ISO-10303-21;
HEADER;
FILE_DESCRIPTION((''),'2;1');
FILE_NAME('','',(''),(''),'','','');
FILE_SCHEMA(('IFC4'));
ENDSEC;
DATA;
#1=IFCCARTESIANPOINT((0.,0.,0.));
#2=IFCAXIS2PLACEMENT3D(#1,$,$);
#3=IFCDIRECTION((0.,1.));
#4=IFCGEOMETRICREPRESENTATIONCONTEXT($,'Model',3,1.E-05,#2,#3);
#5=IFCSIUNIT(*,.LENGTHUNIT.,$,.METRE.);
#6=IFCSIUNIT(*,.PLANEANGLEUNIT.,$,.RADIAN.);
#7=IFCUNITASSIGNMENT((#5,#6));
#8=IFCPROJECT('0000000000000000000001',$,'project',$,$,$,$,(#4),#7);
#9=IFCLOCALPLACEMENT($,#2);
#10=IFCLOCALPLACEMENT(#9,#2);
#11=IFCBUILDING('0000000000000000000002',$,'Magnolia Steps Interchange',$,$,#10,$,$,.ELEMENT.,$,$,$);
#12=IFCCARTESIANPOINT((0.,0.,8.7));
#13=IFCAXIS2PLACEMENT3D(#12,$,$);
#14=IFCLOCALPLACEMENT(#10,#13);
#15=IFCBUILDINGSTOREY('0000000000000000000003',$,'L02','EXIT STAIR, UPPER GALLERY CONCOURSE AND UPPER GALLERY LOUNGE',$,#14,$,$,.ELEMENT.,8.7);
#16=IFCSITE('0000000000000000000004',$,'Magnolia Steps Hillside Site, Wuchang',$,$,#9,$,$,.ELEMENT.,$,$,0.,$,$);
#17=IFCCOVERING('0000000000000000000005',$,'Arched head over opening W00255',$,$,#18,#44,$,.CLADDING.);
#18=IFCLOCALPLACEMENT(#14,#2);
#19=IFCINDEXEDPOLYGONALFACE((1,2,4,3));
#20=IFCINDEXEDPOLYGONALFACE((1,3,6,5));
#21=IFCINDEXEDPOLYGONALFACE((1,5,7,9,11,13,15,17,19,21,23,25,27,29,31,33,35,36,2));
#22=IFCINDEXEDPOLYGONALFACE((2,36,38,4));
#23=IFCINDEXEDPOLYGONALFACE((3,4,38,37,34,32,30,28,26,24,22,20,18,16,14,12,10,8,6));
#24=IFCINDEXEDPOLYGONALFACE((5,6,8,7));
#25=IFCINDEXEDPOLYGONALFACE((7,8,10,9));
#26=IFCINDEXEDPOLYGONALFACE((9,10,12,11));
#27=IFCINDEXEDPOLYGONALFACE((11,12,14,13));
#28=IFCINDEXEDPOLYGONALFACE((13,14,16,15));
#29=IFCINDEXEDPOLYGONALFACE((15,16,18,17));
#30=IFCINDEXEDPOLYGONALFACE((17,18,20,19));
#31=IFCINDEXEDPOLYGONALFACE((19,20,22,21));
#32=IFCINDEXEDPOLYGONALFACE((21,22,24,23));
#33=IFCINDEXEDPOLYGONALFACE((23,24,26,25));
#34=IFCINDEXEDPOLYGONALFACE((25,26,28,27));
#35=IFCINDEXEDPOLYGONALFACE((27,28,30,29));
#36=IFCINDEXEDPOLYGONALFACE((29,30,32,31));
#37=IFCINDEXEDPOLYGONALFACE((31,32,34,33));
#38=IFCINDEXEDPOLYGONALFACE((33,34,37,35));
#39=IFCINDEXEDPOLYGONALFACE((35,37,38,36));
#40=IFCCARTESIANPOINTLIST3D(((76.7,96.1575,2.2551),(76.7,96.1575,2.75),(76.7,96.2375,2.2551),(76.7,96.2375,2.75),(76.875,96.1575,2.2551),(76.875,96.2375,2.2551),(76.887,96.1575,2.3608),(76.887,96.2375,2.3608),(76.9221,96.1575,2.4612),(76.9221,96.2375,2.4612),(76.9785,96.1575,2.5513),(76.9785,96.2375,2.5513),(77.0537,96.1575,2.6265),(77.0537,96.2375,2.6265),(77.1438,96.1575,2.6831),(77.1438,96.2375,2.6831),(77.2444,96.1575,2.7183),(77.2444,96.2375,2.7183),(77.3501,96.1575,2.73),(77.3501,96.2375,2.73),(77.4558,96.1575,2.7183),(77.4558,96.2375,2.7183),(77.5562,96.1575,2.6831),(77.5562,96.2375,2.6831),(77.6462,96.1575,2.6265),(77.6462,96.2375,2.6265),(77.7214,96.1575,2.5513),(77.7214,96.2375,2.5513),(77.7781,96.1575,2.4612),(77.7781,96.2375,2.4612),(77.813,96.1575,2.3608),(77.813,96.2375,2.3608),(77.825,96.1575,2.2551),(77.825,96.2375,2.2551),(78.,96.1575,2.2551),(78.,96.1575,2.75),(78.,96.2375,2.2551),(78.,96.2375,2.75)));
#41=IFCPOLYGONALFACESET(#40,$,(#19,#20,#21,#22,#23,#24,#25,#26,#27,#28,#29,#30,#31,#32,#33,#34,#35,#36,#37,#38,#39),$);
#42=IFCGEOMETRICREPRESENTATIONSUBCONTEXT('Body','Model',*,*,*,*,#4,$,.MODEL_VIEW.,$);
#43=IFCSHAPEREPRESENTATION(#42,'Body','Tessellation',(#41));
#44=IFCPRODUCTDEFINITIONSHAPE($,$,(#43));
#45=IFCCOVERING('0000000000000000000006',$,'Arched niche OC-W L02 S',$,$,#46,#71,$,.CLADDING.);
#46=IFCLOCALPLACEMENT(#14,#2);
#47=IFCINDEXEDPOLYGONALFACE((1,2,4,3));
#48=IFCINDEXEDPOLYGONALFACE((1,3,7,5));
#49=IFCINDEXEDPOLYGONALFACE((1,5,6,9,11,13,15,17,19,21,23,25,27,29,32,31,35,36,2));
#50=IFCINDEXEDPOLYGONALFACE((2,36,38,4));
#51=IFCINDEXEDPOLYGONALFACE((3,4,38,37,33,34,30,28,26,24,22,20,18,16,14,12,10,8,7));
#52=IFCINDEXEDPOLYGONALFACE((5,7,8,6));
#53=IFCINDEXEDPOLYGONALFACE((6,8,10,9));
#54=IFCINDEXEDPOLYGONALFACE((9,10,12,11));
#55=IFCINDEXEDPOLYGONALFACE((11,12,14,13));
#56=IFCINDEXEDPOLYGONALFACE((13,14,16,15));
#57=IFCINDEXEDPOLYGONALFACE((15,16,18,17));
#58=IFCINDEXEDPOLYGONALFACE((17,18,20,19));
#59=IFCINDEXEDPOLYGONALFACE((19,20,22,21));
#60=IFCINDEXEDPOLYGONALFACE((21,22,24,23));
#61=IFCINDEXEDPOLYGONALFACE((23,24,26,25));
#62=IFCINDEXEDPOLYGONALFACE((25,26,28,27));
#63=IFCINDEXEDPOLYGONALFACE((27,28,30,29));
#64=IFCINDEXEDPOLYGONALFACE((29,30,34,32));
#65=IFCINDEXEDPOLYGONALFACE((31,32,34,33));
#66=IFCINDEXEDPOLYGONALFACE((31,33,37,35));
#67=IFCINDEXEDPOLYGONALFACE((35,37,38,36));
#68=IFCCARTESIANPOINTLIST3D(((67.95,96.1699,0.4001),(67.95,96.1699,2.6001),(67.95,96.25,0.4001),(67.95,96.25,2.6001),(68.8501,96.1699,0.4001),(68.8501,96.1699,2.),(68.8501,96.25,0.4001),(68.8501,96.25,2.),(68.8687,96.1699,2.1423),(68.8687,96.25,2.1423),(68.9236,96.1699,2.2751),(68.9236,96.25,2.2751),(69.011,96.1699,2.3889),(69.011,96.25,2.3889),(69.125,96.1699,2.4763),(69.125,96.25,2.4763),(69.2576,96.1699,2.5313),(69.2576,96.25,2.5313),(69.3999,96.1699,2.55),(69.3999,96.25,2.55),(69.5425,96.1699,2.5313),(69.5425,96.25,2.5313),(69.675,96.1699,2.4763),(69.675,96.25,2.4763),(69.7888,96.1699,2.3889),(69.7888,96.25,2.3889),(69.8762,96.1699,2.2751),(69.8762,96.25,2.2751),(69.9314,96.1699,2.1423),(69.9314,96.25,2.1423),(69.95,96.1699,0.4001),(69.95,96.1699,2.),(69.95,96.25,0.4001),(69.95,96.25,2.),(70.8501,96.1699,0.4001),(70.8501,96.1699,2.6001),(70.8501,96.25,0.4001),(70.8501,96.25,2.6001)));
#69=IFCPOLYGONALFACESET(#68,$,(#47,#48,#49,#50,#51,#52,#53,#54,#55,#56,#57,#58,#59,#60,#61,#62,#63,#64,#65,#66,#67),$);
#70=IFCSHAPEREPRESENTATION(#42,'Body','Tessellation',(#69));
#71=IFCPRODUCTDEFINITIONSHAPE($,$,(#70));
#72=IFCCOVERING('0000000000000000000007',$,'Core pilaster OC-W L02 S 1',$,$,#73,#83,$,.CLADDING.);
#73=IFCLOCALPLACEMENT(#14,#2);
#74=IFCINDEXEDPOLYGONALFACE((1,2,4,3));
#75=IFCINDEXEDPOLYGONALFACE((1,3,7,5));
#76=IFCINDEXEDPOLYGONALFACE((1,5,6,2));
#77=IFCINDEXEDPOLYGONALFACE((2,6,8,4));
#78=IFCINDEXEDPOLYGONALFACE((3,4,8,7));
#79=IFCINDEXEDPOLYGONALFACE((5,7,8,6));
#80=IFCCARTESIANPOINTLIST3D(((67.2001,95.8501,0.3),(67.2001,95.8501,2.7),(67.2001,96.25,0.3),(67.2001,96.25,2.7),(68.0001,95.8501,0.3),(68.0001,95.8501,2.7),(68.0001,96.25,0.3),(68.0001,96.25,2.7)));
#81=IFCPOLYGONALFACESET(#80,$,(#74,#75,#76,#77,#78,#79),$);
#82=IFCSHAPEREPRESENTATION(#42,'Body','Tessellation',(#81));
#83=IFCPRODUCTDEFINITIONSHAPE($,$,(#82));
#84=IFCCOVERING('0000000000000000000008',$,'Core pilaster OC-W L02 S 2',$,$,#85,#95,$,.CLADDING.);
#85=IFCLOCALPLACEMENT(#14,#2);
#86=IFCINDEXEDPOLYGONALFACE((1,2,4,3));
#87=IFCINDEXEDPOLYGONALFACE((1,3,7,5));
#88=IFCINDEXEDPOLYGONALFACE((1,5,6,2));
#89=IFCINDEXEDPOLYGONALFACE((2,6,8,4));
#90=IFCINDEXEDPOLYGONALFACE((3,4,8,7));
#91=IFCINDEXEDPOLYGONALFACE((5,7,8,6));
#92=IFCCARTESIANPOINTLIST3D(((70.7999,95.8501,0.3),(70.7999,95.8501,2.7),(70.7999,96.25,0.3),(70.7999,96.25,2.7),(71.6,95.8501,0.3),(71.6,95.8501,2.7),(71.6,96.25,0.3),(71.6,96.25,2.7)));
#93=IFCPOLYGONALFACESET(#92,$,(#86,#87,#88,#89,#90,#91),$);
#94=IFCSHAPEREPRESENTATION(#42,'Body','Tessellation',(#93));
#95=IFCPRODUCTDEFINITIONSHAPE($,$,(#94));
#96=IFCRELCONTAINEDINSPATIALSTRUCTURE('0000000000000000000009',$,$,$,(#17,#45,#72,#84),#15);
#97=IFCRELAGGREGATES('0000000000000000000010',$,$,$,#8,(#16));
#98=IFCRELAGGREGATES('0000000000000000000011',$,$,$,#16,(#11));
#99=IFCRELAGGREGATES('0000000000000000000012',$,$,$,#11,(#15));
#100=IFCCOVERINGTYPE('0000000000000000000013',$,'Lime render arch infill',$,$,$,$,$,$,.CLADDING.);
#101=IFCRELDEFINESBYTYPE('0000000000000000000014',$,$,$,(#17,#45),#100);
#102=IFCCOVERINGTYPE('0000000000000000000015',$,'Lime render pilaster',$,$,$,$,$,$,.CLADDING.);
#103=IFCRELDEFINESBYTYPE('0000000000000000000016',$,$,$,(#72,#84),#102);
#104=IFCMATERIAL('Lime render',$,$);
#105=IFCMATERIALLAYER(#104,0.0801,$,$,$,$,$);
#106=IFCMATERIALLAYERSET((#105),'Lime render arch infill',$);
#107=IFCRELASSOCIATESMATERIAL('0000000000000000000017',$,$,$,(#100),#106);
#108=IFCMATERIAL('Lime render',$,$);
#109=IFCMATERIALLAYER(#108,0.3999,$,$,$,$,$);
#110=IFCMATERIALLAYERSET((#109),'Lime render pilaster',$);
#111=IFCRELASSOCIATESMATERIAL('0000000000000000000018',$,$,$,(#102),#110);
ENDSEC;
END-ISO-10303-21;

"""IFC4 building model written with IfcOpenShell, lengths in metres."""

from ifc_helpers import new_model, si_unit, direction, frame, origin, origin_2d, place, context, subcontext, project, spatial, polyline, rectangle, outline, extrude, material, layer, layer_set, type_object, element, save


model = new_model("IFC4")

# Units and contexts
model_context = context("Model", 3, precision=1e-05, world=origin(), true_north=direction((0.0, 1.0)))
body_context = subcontext(model_context, "Body", "Model", "MODEL_VIEW")
ifc_project = project(units=[si_unit("LENGTHUNIT", "METRE"), si_unit("PLANEANGLEUNIT", "RADIAN")], contexts=[model_context])

# Site, building, storey
site_placement = place(None, origin())
site = spatial("IfcSite", under=ifc_project, at=site_placement, Name="Magnolia Steps Hillside Site, Wuchang", CompositionType="ELEMENT", RefElevation=0.0)
building_placement = place(site_placement, origin())
building = spatial("IfcBuilding", under=site, at=building_placement, Name="Magnolia Steps Interchange", CompositionType="ELEMENT")
storey_placement = place(building_placement, frame((0.0, 0.0, 8.7)))
storey = spatial("IfcBuildingStorey", under=building, at=storey_placement, Name="L02", Description="EXIT STAIR, UPPER GALLERY CONCOURSE AND UPPER GALLERY LOUNGE", CompositionType="ELEMENT", Elevation=8.7)

# Coverings
ifc_material_1 = material(Name="Lime render")
ifc_layer_1 = layer(ifc_material_1, 0.0801)
ifc_layer_set_1 = layer_set([ifc_layer_1], Name="Lime render arch infill")
covering_type_1 = type_object("IfcCoveringType", Name="Lime render arch infill", PredefinedType="CLADDING", material=ifc_layer_set_1)
for number, where, z_axis, x_axis, name in (
    (1, (76.7, 96.2375, 2.2551), (0.0, 1.0, 0.0), (0.0, 0.0, 1.0), "Arched head over opening W00255"),
):
    element("IfcCovering", number, at=place(storey_placement, frame(where, z_axis=z_axis, x_axis=x_axis)), inside=storey, type_object=covering_type_1, Name=name, PredefinedType="CLADDING", context=body_context, shape_type="SweptSolid", body=[
        extrude(outline(polyline([(0.0, 0.0), (0.4949, 0.0), (0.4949, 1.3), (0.0, 1.3), (0.0, 1.125), (0.1057, 1.113), (0.2061, 1.0781), (0.2961, 1.0215), (0.3713, 0.9463), (0.428, 0.8562), (0.4631, 0.7559), (0.4749, 0.6501), (0.4631, 0.5444), (0.428, 0.4438), (0.3713, 0.3538), (0.2961, 0.2786), (0.2061, 0.2222), (0.1057, 0.187), (0.0, 0.175), (0.0, 0.0)])), origin(), (0.0, 0.0, -1.0), 0.0801),
    ])
covering_1_placement = place(storey_placement, frame((67.95, 96.25, 0.4001), z_axis=(0.0, 1.0, 0.0), x_axis=(0.0, 0.0, 1.0)))
element("IfcCovering", 2, at=covering_1_placement, inside=storey, type_object=covering_type_1, Name="Arched niche OC-W L02 S", PredefinedType="CLADDING", context=body_context, shape_type="SweptSolid", body=[
    extrude(outline(polyline([(0.0, 0.0), (2.2, 0.0), (2.2, 2.9001), (0.0, 2.9001), (0.0, 2.0), (1.5999, 2.0), (1.7422, 1.9814), (1.875, 1.9263), (1.9888, 1.8389), (2.0762, 1.7251), (2.1311, 1.5925), (2.1499, 1.45), (2.1311, 1.3076), (2.0762, 1.175), (1.9888, 1.061), (1.875, 0.9736), (1.7422, 0.9187), (1.5999, 0.9001), (0.0, 0.9001), (0.0, 0.0)])), origin(), (0.0, 0.0, -1.0), 0.0801),
])
ifc_material_2 = material(Name="Lime render")
ifc_layer_2 = layer(ifc_material_2, 0.3999)
ifc_layer_set_2 = layer_set([ifc_layer_2], Name="Lime render pilaster")
covering_type_2 = type_object("IfcCoveringType", Name="Lime render pilaster", PredefinedType="CLADDING", material=ifc_layer_set_2)
for number, where, z_axis, x_axis, name in (
    (3, (67.6001, 96.05, 0.3), (0.0, 0.0, 1.0), (1.0, 0.0, 0.0), "Core pilaster OC-W L02 S 1"),
    (4, (71.2, 96.05, 0.3), (0.0, 0.0, 1.0), (1.0, 0.0, 0.0), "Core pilaster OC-W L02 S 2"),
):
    element("IfcCovering", number, at=place(storey_placement, frame(where, z_axis=z_axis, x_axis=x_axis)), inside=storey, type_object=covering_type_2, Name=name, PredefinedType="CLADDING", context=body_context, shape_type="SweptSolid", body=[
        extrude(rectangle(XDim=0.8, YDim=0.3999, at=origin_2d()), origin(), (0.0, 0.0, 1.0), 2.3999),
    ])

save(model, "model.ifc")
